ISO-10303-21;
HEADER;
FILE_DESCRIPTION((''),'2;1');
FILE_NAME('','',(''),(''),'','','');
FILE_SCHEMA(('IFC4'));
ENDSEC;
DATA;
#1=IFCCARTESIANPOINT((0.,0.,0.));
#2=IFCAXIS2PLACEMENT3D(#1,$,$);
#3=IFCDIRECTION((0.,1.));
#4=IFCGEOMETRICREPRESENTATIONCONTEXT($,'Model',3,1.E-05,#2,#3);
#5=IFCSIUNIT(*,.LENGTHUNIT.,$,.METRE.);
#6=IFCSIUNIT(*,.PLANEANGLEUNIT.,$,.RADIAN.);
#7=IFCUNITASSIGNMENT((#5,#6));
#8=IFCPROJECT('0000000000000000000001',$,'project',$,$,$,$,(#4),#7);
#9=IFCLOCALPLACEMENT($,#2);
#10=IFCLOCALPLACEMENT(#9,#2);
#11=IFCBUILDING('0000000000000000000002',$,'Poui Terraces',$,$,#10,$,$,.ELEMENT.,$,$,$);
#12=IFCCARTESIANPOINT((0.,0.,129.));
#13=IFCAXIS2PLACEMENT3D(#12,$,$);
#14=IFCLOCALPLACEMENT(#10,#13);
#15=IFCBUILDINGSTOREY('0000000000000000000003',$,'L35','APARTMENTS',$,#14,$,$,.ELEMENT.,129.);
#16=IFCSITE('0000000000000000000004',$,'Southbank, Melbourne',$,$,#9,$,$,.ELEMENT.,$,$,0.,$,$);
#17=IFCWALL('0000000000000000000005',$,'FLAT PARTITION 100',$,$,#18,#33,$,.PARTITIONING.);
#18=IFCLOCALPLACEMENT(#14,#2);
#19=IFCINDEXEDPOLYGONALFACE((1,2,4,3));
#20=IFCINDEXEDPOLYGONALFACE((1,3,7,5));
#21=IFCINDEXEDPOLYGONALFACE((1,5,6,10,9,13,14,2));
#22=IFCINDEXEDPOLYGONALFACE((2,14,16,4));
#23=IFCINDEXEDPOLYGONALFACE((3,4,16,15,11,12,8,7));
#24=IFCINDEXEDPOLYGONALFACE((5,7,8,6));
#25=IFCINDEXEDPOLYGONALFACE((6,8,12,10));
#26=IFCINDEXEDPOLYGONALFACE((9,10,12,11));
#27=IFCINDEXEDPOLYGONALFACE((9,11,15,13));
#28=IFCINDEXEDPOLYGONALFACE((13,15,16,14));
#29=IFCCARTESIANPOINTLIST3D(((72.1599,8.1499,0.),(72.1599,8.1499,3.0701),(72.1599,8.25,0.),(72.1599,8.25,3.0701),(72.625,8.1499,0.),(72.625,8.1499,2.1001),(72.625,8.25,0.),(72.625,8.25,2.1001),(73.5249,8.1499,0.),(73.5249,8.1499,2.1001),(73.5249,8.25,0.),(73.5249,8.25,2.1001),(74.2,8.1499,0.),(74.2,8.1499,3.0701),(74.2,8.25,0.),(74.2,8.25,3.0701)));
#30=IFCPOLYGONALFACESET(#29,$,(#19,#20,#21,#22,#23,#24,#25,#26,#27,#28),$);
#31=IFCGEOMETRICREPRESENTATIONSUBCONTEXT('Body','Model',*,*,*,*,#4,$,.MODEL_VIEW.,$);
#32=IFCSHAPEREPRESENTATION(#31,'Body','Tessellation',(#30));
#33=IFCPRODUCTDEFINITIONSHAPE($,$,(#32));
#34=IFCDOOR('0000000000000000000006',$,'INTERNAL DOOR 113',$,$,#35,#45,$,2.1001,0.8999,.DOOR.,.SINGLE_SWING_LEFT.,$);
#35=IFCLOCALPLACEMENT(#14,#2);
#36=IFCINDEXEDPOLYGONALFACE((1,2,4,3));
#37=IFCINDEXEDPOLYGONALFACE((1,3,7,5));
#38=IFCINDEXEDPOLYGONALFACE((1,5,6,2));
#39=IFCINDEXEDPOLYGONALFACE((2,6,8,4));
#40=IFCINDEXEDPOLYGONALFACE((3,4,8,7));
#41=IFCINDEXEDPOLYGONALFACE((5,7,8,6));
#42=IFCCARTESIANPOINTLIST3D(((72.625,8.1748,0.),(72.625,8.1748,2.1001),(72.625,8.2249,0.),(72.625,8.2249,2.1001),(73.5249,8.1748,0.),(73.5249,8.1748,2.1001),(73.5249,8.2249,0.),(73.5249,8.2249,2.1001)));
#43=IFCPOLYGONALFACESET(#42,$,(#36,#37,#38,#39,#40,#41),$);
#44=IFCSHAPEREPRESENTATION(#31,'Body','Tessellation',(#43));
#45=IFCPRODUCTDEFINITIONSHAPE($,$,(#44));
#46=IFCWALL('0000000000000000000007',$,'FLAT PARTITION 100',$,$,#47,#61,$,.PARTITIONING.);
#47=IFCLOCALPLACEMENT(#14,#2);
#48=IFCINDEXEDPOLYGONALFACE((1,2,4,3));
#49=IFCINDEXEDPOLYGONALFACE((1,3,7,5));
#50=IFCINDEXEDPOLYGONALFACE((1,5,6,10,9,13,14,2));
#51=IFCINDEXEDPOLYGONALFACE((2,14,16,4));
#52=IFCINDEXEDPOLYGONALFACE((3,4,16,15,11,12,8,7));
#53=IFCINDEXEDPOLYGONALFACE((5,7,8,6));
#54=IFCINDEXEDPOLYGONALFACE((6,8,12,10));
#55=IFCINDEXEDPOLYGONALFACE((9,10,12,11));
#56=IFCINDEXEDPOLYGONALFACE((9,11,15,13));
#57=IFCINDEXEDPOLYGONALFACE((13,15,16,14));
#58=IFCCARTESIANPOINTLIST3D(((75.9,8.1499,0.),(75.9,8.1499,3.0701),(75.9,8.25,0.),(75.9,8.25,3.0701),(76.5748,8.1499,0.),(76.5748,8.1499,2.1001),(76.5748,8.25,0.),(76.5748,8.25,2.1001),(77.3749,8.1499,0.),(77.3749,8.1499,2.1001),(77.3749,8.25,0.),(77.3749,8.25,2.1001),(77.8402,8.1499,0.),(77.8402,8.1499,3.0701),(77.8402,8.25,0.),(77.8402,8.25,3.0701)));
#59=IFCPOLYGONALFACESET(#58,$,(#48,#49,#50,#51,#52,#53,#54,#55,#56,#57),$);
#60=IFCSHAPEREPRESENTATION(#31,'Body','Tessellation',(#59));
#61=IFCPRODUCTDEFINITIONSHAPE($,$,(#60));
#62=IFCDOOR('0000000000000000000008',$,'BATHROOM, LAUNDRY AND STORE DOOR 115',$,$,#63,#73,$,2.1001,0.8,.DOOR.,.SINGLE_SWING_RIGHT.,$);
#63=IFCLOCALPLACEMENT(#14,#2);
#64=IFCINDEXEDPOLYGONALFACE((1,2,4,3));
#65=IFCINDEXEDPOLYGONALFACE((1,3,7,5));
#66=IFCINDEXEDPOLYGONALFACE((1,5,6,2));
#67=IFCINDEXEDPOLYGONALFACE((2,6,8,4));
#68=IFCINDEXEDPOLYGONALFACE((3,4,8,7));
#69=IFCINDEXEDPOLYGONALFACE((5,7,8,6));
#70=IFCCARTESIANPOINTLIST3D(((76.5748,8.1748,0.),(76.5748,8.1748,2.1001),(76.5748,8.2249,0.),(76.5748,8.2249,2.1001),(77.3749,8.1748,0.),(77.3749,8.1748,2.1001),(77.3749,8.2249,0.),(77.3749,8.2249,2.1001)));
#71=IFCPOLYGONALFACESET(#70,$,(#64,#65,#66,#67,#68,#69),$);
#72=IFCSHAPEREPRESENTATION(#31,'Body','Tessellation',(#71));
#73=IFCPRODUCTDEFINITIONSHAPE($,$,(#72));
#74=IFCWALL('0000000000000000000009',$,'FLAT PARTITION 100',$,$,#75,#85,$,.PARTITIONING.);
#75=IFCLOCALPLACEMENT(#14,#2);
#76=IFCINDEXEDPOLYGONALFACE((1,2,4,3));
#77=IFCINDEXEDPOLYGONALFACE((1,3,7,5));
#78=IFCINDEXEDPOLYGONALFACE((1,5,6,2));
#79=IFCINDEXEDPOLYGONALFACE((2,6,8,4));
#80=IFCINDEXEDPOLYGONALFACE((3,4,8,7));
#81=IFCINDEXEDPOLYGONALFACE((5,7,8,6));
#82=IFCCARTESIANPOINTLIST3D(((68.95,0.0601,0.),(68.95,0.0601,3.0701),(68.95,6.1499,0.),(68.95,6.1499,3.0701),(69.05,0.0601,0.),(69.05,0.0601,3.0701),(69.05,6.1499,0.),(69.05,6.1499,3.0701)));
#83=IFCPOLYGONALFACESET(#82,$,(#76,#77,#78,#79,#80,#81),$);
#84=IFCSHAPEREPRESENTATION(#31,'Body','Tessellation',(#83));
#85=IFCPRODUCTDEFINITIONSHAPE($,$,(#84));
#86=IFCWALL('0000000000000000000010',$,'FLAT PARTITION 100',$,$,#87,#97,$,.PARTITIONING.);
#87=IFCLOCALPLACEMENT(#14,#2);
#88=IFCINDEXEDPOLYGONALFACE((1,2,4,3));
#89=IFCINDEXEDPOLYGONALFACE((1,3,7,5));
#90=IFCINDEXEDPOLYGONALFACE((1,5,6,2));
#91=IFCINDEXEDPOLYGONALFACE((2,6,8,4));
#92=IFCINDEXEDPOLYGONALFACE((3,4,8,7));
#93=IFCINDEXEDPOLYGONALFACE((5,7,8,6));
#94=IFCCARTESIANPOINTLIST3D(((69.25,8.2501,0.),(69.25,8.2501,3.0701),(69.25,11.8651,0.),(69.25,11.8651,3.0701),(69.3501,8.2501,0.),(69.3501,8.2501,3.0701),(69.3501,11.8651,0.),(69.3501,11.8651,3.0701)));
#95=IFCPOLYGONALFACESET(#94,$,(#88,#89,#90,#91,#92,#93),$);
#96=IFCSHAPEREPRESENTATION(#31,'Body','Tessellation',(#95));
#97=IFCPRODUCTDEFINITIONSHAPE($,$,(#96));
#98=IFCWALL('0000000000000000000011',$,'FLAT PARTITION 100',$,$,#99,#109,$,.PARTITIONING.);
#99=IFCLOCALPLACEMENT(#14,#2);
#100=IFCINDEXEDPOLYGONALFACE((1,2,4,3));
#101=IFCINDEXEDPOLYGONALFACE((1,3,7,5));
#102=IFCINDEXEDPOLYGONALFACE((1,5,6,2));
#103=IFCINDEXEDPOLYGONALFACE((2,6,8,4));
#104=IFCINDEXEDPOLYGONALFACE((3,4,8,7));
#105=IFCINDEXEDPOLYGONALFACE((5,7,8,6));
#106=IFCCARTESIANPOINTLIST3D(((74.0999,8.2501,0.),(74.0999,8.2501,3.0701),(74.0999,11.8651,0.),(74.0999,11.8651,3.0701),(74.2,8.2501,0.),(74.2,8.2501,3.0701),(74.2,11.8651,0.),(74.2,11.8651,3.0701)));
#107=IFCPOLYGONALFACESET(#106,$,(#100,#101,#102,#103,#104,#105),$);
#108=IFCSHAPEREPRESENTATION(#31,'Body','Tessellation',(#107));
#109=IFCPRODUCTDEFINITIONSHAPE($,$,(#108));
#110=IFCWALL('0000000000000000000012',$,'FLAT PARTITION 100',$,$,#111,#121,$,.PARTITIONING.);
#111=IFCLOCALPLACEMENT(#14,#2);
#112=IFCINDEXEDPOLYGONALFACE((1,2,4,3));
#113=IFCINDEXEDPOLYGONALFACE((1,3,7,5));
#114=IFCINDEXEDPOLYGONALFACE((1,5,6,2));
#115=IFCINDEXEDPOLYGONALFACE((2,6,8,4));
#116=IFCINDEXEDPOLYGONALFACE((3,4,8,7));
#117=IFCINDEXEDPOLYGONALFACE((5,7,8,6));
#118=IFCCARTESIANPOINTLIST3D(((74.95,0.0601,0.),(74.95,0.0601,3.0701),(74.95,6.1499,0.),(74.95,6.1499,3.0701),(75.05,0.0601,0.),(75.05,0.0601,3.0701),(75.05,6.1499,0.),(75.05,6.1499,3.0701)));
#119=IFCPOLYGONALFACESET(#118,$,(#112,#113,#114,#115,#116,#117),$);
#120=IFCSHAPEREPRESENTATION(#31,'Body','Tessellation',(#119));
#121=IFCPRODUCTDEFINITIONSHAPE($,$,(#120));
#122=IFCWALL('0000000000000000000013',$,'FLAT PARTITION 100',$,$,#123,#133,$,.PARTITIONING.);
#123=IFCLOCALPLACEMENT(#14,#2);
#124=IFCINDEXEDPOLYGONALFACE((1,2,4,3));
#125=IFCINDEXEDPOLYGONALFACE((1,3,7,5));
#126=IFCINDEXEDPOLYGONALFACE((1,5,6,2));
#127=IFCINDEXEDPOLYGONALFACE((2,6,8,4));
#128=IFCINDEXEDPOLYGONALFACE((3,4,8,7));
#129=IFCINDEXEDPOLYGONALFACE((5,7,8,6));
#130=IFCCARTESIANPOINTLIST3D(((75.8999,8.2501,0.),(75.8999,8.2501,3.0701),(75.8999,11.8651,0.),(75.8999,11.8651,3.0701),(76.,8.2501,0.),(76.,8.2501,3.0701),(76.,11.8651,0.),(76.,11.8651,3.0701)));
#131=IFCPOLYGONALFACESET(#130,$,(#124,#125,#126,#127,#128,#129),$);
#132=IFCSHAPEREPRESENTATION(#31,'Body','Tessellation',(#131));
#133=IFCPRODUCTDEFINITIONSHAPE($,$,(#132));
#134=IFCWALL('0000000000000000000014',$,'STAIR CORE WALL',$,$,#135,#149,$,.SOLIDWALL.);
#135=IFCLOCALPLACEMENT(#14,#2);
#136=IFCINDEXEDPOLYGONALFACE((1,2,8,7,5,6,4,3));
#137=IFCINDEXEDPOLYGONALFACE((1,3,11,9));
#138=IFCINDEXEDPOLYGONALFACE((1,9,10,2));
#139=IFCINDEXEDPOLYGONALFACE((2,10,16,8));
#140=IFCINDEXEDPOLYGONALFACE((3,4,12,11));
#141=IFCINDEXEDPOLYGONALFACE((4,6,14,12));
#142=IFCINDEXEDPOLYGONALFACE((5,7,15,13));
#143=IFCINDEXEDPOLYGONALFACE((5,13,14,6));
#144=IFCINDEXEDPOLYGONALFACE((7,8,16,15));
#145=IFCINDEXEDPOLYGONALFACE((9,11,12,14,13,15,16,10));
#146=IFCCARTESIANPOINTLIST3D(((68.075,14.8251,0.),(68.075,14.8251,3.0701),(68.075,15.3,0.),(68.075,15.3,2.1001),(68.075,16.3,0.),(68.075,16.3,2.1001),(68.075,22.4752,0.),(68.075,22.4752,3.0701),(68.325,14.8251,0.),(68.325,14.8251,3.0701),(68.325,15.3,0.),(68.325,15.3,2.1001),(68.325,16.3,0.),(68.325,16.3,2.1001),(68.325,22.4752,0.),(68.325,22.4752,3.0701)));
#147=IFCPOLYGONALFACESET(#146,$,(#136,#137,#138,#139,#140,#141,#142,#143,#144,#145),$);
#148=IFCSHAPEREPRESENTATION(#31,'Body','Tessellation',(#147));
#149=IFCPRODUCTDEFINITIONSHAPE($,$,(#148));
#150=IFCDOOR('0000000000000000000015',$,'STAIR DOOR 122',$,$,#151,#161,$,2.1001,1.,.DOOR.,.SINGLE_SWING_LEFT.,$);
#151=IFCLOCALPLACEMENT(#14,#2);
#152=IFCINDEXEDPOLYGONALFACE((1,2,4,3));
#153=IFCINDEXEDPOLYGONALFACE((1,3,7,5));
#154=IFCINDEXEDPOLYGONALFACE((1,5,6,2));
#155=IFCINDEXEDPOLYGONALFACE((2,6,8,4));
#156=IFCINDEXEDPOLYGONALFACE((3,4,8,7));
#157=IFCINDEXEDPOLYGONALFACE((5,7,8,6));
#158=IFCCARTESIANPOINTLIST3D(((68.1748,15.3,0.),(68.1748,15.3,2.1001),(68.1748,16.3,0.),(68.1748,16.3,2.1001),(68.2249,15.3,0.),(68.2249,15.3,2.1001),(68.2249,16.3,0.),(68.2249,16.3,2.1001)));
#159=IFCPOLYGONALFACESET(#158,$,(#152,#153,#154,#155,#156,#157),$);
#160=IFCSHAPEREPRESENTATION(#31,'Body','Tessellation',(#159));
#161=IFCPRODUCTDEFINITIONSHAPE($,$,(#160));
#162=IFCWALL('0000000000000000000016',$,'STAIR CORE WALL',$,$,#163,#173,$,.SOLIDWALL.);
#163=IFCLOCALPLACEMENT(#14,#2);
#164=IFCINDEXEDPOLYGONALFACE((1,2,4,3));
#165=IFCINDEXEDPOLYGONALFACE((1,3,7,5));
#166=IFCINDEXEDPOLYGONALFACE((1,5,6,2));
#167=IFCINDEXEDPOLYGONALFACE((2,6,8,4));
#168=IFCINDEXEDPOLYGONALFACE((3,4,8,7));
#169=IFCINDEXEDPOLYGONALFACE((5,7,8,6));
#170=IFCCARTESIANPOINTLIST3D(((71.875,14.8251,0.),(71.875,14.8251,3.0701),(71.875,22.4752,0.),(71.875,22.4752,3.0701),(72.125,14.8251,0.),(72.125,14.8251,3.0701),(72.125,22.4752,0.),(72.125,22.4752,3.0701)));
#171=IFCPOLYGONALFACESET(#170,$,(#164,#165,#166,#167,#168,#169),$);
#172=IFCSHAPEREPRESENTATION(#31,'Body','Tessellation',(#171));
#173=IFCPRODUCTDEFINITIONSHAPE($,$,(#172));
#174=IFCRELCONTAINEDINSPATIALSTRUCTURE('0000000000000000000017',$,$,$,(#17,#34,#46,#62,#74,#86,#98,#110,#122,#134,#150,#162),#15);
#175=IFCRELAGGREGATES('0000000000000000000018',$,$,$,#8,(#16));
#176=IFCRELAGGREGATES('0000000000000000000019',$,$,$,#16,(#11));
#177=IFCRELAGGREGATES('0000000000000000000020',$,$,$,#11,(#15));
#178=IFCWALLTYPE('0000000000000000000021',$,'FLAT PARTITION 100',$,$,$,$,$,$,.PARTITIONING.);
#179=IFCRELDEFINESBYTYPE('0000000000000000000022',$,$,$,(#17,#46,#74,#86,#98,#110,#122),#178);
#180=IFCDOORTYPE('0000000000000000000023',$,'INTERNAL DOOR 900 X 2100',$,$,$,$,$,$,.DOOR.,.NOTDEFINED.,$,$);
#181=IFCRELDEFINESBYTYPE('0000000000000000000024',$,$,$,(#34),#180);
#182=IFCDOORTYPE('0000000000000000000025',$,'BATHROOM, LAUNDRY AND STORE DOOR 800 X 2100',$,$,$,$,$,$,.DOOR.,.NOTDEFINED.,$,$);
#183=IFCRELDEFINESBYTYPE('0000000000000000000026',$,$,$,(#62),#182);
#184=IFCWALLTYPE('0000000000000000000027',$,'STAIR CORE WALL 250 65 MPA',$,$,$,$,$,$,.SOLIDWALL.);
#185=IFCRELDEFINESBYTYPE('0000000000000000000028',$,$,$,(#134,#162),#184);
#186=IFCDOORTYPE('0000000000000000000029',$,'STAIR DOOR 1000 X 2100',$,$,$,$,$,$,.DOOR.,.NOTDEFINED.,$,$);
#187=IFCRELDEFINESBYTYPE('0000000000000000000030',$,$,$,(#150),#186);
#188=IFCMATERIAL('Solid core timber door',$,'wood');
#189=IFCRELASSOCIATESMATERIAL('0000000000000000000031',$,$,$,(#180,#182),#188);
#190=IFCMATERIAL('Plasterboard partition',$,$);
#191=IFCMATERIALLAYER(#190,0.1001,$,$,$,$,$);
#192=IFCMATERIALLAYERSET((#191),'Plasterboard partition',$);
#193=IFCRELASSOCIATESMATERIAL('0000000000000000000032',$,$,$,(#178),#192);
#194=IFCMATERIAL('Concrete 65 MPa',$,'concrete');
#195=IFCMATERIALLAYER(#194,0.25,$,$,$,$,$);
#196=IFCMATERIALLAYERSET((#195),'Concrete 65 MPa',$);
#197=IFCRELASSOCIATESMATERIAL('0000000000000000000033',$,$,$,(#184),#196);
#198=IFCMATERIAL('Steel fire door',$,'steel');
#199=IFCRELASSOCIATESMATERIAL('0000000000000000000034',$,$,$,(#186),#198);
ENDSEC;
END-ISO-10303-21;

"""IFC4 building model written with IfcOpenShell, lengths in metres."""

from ifc_helpers import new_model, si_unit, direction, frame, frame_2d, origin, place, context, subcontext, project, spatial, rectangle, extrude, material, layer, layer_set, type_object, element, fill, save


model = new_model("IFC4")

# Units and contexts
model_context = context("Model", 3, precision=1e-05, world=origin(), true_north=direction((0.0, 1.0)))
body_context = subcontext(model_context, "Body", "Model", "MODEL_VIEW")
ifc_project = project(units=[si_unit("LENGTHUNIT", "METRE"), si_unit("PLANEANGLEUNIT", "RADIAN")], contexts=[model_context])

# Site, building, storey
site_placement = place(None, origin())
site = spatial("IfcSite", under=ifc_project, at=site_placement, Name="Southbank, Melbourne", CompositionType="ELEMENT", RefElevation=0.0)
building_placement = place(site_placement, origin())
building = spatial("IfcBuilding", under=site, at=building_placement, Name="Poui Terraces", CompositionType="ELEMENT")
storey_placement = place(building_placement, frame((0.0, 0.0, 129.0)))
storey = spatial("IfcBuildingStorey", under=building, at=storey_placement, Name="L35", Description="APARTMENTS", CompositionType="ELEMENT", Elevation=129.0)

# Shared definitions
ifc_material_1 = material(Name="Concrete 65 MPa", Category="concrete")

# Walls, openings, doors
ifc_material_2 = material(Name="Steel fire door", Category="steel")
ifc_material_3 = material(Name="Solid core timber door", Category="wood")
door_type_1 = type_object("IfcDoorType", Name="INTERNAL DOOR 900 X 2100", OperationType="NOTDEFINED", PredefinedType="DOOR", material=ifc_material_3)
ifc_material_4 = material(Name="Plasterboard partition")
ifc_layer_1 = layer(ifc_material_4, 0.1001)
ifc_layer_set_1 = layer_set([ifc_layer_1], Name="Plasterboard partition")
wall_type_1 = type_object("IfcWallType", Name="FLAT PARTITION 100", PredefinedType="PARTITIONING", material=ifc_layer_set_1)
door_type_2 = type_object("IfcDoorType", Name="BATHROOM, LAUNDRY AND STORE DOOR 800 X 2100", OperationType="NOTDEFINED", PredefinedType="DOOR", material=ifc_material_3)
wall_1_placement = place(storey_placement, frame((72.1599, 8.2, 0.0), z_axis=(0.0, 0.0, 1.0), x_axis=(1.0, 0.0, 0.0)))
wall_1 = element("IfcWall", 1, at=wall_1_placement, inside=storey, type_object=wall_type_1, Name="FLAT PARTITION 100", PredefinedType="PARTITIONING", context=body_context, shape_type="SweptSolid", body=[
    extrude(rectangle(XDim=2.04, YDim=0.1001, at=frame_2d((1.02, 0.0))), origin(), (0.0, 0.0, 1.0), 3.0701),
])
opening_1_placement = place(wall_1_placement, frame((0.4651, 0.0, 0.0)))
opening_1 = element("IfcOpeningElement", 2, at=opening_1_placement, cuts=wall_1, PredefinedType="OPENING", context=body_context, shape_type="SweptSolid", body=[
    extrude(rectangle(XDim=0.8999, YDim=2.1001, at=frame_2d((0.45, 1.05))), frame((0.0, 0.0601, 0.0), z_axis=(0.0, -1.0, 0.0), x_axis=(1.0, 0.0, 0.0)), (0.0, 0.0, 1.0), 0.1201),
])
door_1_placement = place(opening_1_placement, origin())
door_1 = element("IfcDoor", 3, at=door_1_placement, inside=storey, type_object=door_type_1, Name="INTERNAL DOOR 113", OperationType="SINGLE_SWING_LEFT", OverallHeight=2.1001, OverallWidth=0.8999, PredefinedType="DOOR", context=body_context, shape_type="SweptSolid", body=[
    extrude(rectangle(XDim=0.8999, YDim=2.1001, at=frame_2d((0.45, 1.05))), frame((0.0, 0.0249, 0.0), z_axis=(0.0, -1.0, 0.0), x_axis=(1.0, 0.0, 0.0)), (0.0, 0.0, 1.0), 0.05),
])
fill(opening_1, door_1)
wall_2_placement = place(storey_placement, frame((75.8999, 8.2, 0.0), z_axis=(0.0, 0.0, 1.0), x_axis=(1.0, 0.0, 0.0)))
wall_2 = element("IfcWall", 4, at=wall_2_placement, inside=storey, type_object=wall_type_1, Name="FLAT PARTITION 100", PredefinedType="PARTITIONING", context=body_context, shape_type="SweptSolid", body=[
    extrude(rectangle(XDim=1.9402, YDim=0.1001, at=frame_2d((0.9702, 0.0))), origin(), (0.0, 0.0, 1.0), 3.0701),
])
opening_2_placement = place(wall_2_placement, frame((0.675, 0.0, 0.0)))
opening_2 = element("IfcOpeningElement", 5, at=opening_2_placement, cuts=wall_2, PredefinedType="OPENING", context=body_context, shape_type="SweptSolid", body=[
    extrude(rectangle(XDim=0.8, YDim=2.1001, at=frame_2d((0.3999, 1.05))), frame((0.0, 0.0601, 0.0), z_axis=(0.0, -1.0, 0.0), x_axis=(1.0, 0.0, 0.0)), (0.0, 0.0, 1.0), 0.1201),
])
door_2_placement = place(opening_2_placement, origin())
door_2 = element("IfcDoor", 6, at=door_2_placement, inside=storey, type_object=door_type_2, Name="BATHROOM, LAUNDRY AND STORE DOOR 115", OperationType="SINGLE_SWING_RIGHT", OverallHeight=2.1001, OverallWidth=0.8, PredefinedType="DOOR", context=body_context, shape_type="SweptSolid", body=[
    extrude(rectangle(XDim=0.8, YDim=2.1001, at=frame_2d((0.3999, 1.05))), frame((0.0, 0.0249, 0.0), z_axis=(0.0, -1.0, 0.0), x_axis=(1.0, 0.0, 0.0)), (0.0, 0.0, 1.0), 0.05),
])
fill(opening_2, door_2)

# Walls
wall_3_placement = place(storey_placement, frame((69.0, 0.0601, 0.0), z_axis=(0.0, 0.0, 1.0), x_axis=(0.0, 1.0, 0.0)))
element("IfcWall", 7, at=wall_3_placement, inside=storey, type_object=wall_type_1, Name="FLAT PARTITION 100", PredefinedType="PARTITIONING", context=body_context, shape_type="SweptSolid", body=[
    extrude(rectangle(XDim=6.0898, YDim=0.1001, at=frame_2d((3.0449, 0.0))), origin(), (0.0, 0.0, 1.0), 3.0701),
])
for number, where, z_axis, x_axis, name in (
    (8, (69.3, 8.25, 0.0), (0.0, 0.0, 1.0), (0.0, 1.0, 0.0), "FLAT PARTITION 100"),
    (9, (74.1499, 8.25, 0.0), (0.0, 0.0, 1.0), (0.0, 1.0, 0.0), "FLAT PARTITION 100"),
):
    element("IfcWall", number, at=place(storey_placement, frame(where, z_axis=z_axis, x_axis=x_axis)), inside=storey, type_object=wall_type_1, Name=name, PredefinedType="PARTITIONING", context=body_context, shape_type="SweptSolid", body=[
        extrude(rectangle(XDim=3.615, YDim=0.1001, at=frame_2d((1.8076, 0.0))), origin(), (0.0, 0.0, 1.0), 3.0701),
    ])
wall_4_placement = place(storey_placement, frame((75.0, 0.0601, 0.0), z_axis=(0.0, 0.0, 1.0), x_axis=(0.0, 1.0, 0.0)))
element("IfcWall", 10, at=wall_4_placement, inside=storey, type_object=wall_type_1, Name="FLAT PARTITION 100", PredefinedType="PARTITIONING", context=body_context, shape_type="SweptSolid", body=[
    extrude(rectangle(XDim=6.0898, YDim=0.1001, at=frame_2d((3.0449, 0.0))), origin(), (0.0, 0.0, 1.0), 3.0701),
])
wall_5_placement = place(storey_placement, frame((75.95, 8.25, 0.0), z_axis=(0.0, 0.0, 1.0), x_axis=(0.0, 1.0, 0.0)))
element("IfcWall", 11, at=wall_5_placement, inside=storey, type_object=wall_type_1, Name="FLAT PARTITION 100", PredefinedType="PARTITIONING", context=body_context, shape_type="SweptSolid", body=[
    extrude(rectangle(XDim=3.615, YDim=0.1001, at=frame_2d((1.8076, 0.0))), origin(), (0.0, 0.0, 1.0), 3.0701),
])

# Wall, opening, door
ifc_layer_2 = layer(ifc_material_1, 0.25)
ifc_layer_set_2 = layer_set([ifc_layer_2], Name="Concrete 65 MPa")
wall_type_2 = type_object("IfcWallType", Name="STAIR CORE WALL 250 65 MPA", PredefinedType="SOLIDWALL", material=ifc_layer_set_2)
wall_6_placement = place(storey_placement, frame((68.2, 14.825, 0.0), z_axis=(0.0, 0.0, 1.0), x_axis=(0.0, 1.0, 0.0)))
wall_6 = element("IfcWall", 12, at=wall_6_placement, inside=storey, type_object=wall_type_2, Name="STAIR CORE WALL", PredefinedType="SOLIDWALL", context=body_context, shape_type="SweptSolid", body=[
    extrude(rectangle(XDim=7.6501, YDim=0.25, at=frame_2d((3.8252, 0.0))), origin(), (0.0, 0.0, 1.0), 3.0701),
])
opening_3_placement = place(wall_6_placement, frame((0.4751, 0.0, 0.0)))
opening_3 = element("IfcOpeningElement", 13, at=opening_3_placement, cuts=wall_6, PredefinedType="OPENING", context=body_context, shape_type="SweptSolid", body=[
    extrude(rectangle(XDim=1.0, YDim=2.1001, at=frame_2d((0.5, 1.05))), frame((0.0, 0.135, 0.0), z_axis=(0.0, -1.0, 0.0), x_axis=(1.0, 0.0, 0.0)), (0.0, 0.0, 1.0), 0.27),
])
door_type_3 = type_object("IfcDoorType", Name="STAIR DOOR 1000 X 2100", OperationType="NOTDEFINED", PredefinedType="DOOR", material=ifc_material_2)
door_3_placement = place(opening_3_placement, frame((1.0, 0.0, 0.0), z_axis=(0.0, 0.0, 1.0), x_axis=(-1.0, 0.0, 0.0)))
door_3 = element("IfcDoor", 14, at=door_3_placement, inside=storey, type_object=door_type_3, Name="STAIR DOOR 122", OperationType="SINGLE_SWING_LEFT", OverallHeight=2.1001, OverallWidth=1.0, PredefinedType="DOOR", context=body_context, shape_type="SweptSolid", body=[
    extrude(rectangle(XDim=1.0, YDim=2.1001, at=frame_2d((0.5, 1.05))), frame((0.0, 0.0249, 0.0), z_axis=(0.0, -1.0, 0.0), x_axis=(1.0, 0.0, 0.0)), (0.0, 0.0, 1.0), 0.05),
])
fill(opening_3, door_3)

# Wall
wall_7_placement = place(storey_placement, frame((72.0, 14.825, 0.0), z_axis=(0.0, 0.0, 1.0), x_axis=(0.0, 1.0, 0.0)))
element("IfcWall", 15, at=wall_7_placement, inside=storey, type_object=wall_type_2, Name="STAIR CORE WALL", PredefinedType="SOLIDWALL", context=body_context, shape_type="SweptSolid", body=[
    extrude(rectangle(XDim=7.6501, YDim=0.25, at=frame_2d((3.8252, 0.0))), origin(), (0.0, 0.0, 1.0), 3.0701),
])

save(model, "model.ifc")
